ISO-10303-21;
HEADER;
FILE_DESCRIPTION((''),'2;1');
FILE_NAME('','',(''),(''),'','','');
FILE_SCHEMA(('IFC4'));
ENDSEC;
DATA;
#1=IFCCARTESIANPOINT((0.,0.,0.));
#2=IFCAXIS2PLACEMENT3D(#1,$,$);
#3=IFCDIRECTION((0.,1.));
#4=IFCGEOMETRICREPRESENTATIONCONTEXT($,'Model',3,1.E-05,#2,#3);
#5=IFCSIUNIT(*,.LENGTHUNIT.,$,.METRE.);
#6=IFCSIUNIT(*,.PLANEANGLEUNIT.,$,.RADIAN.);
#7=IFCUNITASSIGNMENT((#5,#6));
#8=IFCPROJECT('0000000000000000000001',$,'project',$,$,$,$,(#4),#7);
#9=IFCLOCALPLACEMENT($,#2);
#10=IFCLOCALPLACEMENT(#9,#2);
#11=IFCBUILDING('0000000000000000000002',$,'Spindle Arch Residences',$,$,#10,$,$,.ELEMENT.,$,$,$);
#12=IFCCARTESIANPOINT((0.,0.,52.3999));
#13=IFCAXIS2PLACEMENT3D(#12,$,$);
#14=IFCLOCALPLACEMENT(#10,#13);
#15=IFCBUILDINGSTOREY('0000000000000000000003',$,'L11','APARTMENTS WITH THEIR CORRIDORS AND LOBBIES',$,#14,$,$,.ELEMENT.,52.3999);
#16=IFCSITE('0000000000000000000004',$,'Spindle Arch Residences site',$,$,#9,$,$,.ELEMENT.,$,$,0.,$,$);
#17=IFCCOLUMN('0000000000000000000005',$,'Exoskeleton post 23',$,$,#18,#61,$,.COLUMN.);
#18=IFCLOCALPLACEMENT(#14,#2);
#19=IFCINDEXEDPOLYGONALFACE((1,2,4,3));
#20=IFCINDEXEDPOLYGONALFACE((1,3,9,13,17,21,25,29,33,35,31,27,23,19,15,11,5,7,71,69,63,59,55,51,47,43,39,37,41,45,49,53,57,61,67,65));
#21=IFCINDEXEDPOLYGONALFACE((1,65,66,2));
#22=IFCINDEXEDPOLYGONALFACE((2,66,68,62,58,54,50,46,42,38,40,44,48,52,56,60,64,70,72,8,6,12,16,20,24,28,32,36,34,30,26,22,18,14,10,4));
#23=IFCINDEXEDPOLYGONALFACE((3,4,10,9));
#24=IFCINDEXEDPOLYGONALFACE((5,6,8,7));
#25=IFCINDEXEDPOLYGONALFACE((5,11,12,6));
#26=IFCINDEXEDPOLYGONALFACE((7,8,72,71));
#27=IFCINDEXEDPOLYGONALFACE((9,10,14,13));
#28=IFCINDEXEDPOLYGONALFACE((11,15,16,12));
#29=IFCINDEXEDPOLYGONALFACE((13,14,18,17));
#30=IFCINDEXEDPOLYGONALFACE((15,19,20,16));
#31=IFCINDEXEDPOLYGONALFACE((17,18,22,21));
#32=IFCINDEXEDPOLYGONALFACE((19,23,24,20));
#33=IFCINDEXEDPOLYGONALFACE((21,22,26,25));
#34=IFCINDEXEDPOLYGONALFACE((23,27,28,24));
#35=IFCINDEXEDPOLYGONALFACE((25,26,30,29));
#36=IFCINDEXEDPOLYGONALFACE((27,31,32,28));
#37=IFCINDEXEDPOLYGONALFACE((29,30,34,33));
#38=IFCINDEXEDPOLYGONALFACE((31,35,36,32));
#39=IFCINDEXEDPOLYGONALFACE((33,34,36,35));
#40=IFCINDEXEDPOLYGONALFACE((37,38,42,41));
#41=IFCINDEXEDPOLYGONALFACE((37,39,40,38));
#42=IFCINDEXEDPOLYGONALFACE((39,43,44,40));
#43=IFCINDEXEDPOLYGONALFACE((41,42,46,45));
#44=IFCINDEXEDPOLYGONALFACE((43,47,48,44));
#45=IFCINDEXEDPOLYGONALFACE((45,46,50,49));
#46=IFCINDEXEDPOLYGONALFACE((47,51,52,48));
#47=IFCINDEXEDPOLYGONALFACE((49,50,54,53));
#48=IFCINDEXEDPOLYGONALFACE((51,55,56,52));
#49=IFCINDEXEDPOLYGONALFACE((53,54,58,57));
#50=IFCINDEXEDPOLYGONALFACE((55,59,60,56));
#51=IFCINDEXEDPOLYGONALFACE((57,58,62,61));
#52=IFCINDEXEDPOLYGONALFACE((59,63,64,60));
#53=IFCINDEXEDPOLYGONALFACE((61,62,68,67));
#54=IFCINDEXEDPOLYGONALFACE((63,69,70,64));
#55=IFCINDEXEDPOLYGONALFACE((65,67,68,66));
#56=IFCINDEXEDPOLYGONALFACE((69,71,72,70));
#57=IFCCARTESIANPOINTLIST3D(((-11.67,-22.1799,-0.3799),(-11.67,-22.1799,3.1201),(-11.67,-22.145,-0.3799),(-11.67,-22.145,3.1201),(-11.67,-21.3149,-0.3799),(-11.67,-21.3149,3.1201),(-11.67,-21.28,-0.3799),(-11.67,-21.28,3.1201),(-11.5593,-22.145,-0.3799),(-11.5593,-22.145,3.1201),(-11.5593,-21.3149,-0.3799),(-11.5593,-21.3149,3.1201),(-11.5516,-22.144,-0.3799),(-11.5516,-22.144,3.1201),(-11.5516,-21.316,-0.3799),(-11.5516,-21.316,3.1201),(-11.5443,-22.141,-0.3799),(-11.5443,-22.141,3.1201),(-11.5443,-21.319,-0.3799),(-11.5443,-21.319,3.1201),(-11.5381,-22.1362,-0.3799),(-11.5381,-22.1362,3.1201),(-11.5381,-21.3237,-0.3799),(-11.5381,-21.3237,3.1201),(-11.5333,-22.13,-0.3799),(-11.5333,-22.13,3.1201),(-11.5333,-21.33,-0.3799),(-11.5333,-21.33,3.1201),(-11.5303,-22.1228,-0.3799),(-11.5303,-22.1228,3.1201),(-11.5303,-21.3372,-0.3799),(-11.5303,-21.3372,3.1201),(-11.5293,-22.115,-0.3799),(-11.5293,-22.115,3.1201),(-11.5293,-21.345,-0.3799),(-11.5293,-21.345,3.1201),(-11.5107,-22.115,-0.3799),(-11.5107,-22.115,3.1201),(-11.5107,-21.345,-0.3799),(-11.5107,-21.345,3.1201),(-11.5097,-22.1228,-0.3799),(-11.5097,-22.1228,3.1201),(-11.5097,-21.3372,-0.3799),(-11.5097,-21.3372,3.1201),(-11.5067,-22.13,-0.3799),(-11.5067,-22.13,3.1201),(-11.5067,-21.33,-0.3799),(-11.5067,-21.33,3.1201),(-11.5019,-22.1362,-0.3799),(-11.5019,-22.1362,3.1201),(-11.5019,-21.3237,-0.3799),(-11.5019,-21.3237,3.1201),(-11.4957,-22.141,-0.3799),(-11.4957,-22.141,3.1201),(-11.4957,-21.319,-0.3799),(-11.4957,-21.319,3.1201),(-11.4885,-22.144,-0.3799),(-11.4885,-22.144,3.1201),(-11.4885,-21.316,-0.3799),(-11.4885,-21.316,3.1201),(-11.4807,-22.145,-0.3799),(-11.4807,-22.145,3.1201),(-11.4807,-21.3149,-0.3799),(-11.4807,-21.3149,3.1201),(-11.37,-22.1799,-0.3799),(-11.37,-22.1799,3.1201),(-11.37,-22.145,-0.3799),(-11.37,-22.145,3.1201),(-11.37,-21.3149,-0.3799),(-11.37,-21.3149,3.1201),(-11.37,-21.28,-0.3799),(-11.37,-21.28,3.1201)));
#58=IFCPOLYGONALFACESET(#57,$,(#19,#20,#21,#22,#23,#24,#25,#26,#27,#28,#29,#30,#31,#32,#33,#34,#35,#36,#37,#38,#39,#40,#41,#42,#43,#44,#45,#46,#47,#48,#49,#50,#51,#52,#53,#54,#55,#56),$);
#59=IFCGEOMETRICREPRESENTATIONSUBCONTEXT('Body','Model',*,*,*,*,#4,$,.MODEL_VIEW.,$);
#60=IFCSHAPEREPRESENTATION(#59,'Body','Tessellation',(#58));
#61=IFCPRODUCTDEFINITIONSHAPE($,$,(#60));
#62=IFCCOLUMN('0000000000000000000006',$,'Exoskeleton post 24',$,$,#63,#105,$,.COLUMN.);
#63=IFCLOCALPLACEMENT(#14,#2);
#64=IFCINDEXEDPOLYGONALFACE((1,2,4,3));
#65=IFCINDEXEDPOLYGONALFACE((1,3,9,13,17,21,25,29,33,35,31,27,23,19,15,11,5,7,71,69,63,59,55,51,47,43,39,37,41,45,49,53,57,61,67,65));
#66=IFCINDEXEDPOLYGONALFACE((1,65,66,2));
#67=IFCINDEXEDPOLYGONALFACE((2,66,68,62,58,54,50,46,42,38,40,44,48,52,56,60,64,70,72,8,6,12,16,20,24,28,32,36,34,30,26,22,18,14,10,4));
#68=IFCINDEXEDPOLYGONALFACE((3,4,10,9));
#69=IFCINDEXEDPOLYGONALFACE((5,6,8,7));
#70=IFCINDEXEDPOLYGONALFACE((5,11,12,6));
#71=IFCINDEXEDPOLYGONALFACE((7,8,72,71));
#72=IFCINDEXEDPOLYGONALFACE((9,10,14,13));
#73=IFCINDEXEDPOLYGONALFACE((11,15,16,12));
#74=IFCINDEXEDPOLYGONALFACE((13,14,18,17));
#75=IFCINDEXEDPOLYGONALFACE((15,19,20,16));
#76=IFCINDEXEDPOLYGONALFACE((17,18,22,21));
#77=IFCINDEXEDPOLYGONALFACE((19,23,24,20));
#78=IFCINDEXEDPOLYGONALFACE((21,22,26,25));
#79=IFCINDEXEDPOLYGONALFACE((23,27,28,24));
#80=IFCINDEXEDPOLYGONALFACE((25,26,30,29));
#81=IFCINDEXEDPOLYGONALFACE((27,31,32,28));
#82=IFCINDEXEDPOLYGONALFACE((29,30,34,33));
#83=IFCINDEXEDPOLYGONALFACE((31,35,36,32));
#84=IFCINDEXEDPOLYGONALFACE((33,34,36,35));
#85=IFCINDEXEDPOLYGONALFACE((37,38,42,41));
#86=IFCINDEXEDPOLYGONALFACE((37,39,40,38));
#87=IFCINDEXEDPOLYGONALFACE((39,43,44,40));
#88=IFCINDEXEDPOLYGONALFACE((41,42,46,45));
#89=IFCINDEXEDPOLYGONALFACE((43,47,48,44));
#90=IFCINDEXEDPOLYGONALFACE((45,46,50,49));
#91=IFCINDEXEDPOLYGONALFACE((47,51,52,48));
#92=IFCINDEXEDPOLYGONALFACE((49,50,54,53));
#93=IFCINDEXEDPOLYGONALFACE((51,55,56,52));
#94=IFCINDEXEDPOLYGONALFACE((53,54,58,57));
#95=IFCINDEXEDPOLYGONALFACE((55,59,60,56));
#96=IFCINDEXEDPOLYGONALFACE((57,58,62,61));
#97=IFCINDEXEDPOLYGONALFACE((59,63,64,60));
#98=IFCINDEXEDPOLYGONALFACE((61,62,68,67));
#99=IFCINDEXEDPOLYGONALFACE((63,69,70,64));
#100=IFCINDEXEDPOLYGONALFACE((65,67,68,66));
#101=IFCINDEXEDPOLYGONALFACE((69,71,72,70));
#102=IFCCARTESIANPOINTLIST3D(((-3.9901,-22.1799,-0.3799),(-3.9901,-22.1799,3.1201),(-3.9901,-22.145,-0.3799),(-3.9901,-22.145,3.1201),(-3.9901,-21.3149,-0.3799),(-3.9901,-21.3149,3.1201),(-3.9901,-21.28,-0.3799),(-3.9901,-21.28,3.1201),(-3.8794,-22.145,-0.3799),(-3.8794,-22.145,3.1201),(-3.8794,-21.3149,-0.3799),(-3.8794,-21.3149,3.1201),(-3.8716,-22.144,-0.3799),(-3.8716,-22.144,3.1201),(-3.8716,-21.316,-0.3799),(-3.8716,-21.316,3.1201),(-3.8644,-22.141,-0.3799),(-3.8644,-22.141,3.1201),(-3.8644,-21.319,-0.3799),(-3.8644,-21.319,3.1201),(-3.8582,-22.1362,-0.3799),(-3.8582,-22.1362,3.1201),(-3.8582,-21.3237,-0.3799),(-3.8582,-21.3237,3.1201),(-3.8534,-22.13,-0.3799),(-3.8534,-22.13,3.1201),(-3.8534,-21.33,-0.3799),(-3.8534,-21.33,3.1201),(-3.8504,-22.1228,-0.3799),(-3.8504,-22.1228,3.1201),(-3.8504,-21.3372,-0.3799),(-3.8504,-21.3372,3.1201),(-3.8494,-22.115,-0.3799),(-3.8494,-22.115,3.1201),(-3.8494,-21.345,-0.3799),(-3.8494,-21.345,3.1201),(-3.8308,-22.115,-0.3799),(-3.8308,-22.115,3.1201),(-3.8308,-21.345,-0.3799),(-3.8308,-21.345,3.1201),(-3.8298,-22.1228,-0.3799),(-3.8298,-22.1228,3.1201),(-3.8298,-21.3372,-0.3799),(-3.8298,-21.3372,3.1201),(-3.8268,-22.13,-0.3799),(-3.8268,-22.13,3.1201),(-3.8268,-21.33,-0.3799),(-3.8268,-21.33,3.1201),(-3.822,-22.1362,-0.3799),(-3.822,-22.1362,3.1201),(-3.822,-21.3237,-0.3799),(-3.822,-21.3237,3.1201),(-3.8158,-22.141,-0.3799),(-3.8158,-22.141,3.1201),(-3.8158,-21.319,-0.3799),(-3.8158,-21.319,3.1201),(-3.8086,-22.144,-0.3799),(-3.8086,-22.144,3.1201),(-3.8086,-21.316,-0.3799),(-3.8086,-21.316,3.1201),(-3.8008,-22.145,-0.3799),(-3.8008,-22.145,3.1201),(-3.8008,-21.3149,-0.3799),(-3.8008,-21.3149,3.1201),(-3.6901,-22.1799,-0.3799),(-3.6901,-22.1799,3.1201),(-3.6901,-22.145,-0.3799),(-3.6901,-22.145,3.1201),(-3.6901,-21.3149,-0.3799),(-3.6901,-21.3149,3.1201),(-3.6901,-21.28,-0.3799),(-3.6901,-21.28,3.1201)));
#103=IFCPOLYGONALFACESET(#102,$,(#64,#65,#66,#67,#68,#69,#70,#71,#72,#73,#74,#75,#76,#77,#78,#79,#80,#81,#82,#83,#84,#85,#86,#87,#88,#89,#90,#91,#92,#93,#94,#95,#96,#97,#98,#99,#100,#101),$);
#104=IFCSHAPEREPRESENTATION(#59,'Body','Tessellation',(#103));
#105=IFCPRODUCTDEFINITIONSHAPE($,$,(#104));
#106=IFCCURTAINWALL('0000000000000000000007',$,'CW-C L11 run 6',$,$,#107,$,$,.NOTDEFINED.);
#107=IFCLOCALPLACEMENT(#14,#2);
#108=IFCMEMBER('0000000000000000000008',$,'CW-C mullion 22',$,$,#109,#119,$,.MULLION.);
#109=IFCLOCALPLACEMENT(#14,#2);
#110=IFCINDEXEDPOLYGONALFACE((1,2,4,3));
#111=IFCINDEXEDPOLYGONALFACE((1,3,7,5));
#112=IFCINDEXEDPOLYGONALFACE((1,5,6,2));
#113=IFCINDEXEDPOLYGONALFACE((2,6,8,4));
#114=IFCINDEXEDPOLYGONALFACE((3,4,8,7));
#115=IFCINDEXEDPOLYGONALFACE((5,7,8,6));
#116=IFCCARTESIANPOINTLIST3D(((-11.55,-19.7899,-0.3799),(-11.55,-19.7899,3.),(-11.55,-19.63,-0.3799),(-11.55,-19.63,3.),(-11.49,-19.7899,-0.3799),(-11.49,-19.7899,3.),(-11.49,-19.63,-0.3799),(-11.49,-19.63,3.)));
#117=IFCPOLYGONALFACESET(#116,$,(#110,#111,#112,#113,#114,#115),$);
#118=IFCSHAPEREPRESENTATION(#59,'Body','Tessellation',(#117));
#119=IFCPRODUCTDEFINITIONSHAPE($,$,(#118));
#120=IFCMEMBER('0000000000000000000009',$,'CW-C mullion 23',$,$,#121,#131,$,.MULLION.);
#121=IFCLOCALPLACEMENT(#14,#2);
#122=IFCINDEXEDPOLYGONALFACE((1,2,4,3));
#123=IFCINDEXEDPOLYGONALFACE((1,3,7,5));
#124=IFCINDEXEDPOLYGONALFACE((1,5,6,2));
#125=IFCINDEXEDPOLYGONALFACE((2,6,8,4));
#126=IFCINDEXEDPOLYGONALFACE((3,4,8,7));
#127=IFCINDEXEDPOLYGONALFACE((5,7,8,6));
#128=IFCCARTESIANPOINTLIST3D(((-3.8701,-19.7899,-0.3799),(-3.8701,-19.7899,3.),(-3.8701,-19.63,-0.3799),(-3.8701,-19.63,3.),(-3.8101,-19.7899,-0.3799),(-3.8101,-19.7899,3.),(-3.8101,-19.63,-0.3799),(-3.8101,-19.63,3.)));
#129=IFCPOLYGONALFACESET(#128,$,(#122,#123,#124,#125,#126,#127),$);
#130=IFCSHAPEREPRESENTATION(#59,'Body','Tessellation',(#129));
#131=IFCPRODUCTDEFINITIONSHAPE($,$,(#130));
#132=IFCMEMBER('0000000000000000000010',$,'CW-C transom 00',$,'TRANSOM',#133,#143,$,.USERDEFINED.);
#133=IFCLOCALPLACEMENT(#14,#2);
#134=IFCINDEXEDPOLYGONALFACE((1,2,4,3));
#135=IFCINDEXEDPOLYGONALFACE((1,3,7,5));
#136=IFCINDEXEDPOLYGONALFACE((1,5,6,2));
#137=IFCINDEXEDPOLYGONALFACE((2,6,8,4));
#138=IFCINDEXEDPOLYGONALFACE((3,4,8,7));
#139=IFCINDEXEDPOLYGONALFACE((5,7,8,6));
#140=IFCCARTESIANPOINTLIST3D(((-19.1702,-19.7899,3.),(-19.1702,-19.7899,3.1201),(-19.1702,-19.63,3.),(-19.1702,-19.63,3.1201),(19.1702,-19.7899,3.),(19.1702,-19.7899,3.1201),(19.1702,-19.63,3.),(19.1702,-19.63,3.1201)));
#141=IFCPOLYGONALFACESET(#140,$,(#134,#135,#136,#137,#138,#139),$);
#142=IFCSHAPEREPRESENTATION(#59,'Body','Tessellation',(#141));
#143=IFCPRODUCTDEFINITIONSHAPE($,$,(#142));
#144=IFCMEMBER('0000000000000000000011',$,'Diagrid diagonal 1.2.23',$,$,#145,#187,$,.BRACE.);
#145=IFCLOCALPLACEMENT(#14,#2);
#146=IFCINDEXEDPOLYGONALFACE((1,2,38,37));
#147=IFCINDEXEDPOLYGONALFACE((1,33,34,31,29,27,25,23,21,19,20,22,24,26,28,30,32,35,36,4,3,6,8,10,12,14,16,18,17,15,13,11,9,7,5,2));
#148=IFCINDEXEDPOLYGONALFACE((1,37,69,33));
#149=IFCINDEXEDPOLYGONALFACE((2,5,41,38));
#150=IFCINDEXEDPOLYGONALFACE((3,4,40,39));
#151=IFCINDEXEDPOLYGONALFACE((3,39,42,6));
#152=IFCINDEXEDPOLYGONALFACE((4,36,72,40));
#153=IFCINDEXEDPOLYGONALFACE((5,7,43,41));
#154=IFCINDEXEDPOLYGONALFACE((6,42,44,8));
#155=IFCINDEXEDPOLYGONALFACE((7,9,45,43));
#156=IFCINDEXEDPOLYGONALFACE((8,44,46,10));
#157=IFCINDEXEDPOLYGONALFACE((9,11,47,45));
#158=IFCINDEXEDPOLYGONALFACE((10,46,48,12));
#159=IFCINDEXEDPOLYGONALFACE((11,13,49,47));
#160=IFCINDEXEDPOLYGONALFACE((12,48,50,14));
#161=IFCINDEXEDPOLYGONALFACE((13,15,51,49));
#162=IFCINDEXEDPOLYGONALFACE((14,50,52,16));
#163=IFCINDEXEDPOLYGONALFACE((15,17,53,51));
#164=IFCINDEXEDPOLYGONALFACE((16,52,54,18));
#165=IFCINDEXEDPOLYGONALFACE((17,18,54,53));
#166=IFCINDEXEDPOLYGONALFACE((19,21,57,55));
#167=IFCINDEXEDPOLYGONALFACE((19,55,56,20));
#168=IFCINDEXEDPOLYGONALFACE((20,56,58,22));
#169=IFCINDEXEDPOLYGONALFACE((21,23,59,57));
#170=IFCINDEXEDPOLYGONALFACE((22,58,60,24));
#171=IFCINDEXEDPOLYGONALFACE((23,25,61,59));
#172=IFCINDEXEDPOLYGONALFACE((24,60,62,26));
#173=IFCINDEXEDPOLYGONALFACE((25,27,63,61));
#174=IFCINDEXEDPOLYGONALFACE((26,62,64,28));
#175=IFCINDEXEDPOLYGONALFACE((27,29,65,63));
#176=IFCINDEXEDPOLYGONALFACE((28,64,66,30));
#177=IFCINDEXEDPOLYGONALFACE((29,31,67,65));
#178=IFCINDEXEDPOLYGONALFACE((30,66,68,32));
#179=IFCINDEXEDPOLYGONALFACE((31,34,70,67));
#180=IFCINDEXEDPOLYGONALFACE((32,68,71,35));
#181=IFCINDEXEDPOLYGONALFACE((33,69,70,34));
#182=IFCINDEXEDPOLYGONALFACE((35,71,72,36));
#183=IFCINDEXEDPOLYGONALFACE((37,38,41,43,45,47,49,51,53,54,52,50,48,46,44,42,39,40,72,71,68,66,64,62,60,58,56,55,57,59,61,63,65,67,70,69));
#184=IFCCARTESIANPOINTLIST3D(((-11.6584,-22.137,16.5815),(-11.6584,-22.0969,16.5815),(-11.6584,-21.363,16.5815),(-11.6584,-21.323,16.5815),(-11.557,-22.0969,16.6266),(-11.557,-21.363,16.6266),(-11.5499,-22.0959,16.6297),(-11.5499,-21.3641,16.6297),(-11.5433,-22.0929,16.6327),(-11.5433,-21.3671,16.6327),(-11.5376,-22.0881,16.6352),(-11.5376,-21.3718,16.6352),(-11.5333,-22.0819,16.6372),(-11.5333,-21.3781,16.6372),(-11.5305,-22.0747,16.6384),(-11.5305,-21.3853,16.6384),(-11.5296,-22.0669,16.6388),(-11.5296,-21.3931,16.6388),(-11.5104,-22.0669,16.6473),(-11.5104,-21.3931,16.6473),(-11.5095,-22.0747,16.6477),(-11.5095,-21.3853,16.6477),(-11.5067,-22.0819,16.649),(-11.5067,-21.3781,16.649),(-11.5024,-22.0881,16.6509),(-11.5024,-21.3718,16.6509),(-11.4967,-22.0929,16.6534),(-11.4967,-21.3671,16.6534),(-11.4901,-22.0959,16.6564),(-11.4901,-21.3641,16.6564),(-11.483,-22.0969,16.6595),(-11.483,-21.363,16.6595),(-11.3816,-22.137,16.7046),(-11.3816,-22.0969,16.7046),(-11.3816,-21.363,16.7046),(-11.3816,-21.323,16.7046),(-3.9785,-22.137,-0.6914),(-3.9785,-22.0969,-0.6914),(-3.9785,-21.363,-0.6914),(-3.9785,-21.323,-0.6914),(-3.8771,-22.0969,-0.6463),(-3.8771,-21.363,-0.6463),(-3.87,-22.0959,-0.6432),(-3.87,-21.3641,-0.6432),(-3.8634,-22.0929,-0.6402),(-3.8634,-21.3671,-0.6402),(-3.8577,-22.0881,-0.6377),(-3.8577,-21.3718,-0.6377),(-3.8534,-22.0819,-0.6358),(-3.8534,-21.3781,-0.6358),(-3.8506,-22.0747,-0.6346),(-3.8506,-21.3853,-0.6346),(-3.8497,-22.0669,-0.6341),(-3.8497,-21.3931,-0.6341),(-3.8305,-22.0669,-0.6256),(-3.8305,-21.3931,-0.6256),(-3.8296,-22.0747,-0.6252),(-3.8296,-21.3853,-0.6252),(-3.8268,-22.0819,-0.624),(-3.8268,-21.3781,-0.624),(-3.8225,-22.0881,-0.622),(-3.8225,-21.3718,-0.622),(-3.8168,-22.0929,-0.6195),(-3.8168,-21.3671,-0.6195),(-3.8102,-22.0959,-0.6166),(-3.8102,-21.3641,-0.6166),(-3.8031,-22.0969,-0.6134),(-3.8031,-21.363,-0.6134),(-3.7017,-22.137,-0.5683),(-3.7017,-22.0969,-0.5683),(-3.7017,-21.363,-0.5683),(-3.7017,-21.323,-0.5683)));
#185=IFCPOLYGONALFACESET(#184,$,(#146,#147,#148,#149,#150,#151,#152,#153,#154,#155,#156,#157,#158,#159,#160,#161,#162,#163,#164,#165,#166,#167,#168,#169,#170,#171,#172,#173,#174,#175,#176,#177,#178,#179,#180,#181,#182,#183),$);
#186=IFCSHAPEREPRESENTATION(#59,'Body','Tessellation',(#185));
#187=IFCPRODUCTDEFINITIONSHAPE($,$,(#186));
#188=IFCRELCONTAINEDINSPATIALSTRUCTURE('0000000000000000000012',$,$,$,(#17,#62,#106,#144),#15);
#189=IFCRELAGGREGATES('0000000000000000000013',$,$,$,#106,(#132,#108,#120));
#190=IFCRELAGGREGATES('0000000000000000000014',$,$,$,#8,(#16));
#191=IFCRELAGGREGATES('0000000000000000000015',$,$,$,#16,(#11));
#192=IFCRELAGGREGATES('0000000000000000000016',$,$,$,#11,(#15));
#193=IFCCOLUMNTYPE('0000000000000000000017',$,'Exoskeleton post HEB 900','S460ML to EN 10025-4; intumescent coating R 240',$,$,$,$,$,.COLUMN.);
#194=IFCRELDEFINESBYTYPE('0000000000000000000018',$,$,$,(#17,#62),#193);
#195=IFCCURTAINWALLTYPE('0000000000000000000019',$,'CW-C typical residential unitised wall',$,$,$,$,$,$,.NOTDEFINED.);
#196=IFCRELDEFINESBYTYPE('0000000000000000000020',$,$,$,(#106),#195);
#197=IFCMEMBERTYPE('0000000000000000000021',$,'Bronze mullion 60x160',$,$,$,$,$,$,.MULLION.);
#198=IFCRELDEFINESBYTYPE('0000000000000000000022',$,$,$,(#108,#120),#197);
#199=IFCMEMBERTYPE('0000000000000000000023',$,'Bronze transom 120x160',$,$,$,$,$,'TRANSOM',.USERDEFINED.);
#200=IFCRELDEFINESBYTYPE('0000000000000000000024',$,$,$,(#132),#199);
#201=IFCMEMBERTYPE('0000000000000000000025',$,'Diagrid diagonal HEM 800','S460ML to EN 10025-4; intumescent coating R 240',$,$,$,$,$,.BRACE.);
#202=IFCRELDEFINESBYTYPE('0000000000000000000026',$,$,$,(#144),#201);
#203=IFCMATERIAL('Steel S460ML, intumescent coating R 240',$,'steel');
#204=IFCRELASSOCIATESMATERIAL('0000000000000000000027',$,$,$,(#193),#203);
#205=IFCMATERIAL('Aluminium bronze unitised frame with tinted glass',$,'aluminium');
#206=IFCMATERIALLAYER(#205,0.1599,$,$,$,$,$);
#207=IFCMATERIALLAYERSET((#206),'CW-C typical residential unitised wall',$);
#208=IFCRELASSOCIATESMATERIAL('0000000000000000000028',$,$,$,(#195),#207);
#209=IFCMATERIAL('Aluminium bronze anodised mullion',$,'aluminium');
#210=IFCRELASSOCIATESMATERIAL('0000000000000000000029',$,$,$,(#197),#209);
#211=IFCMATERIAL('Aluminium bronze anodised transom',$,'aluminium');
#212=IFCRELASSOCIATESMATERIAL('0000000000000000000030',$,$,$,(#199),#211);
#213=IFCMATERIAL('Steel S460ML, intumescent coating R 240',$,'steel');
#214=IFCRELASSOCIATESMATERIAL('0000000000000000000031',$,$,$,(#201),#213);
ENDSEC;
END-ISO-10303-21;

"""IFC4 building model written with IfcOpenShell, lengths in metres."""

from ifc_helpers import new_model, si_unit, direction, frame, origin, origin_2d, place, context, subcontext, project, spatial, rectangle, i_section, extrude, material, layer, layer_set, material_profile, profile_set, type_object, element, aggregate, save


model = new_model("IFC4")

# Units and contexts
model_context = context("Model", 3, precision=1e-05, world=origin(), true_north=direction((0.0, 1.0)))
body_context = subcontext(model_context, "Body", "Model", "MODEL_VIEW")
ifc_project = project(units=[si_unit("LENGTHUNIT", "METRE"), si_unit("PLANEANGLEUNIT", "RADIAN")], contexts=[model_context])

# Site, building, storey
site_placement = place(None, origin())
site = spatial("IfcSite", under=ifc_project, at=site_placement, Name="Spindle Arch Residences site", CompositionType="ELEMENT", RefElevation=0.0)
building_placement = place(site_placement, origin())
building = spatial("IfcBuilding", under=site, at=building_placement, Name="Spindle Arch Residences", CompositionType="ELEMENT")
storey_placement = place(building_placement, frame((0.0, 0.0, 52.3999)))
storey = spatial("IfcBuildingStorey", under=building, at=storey_placement, Name="L11", Description="APARTMENTS WITH THEIR CORRIDORS AND LOBBIES", CompositionType="ELEMENT", Elevation=52.3999)

# Columns
ifc_material_1 = material(Name="Steel S460ML, intumescent coating R 240", Category="steel")
ifc_material_profile_1 = material_profile(ifc_material_1, i_section(OverallWidth=0.3, OverallDepth=0.8999, WebThickness=0.0186, FlangeThickness=0.0349, FilletRadius=0.03, at=origin_2d()), Name="HEB 900")
ifc_profile_set_1 = profile_set([ifc_material_profile_1], Name="Steel S460ML, intumescent coating R 240")
column_type = type_object("IfcColumnType", Name="Exoskeleton post HEB 900", Description="S460ML to EN 10025-4; intumescent coating R 240", PredefinedType="COLUMN", material=ifc_profile_set_1)
for number, where, z_axis, x_axis, name in (
    (1, (-11.52, -21.73, -0.3799), (0.0, 0.0, 1.0), (-1.0, 0.0, 0.0), "Exoskeleton post 23"),
    (2, (-3.8401, -21.73, -0.3799), (0.0, 0.0, 1.0), (-1.0, 0.0, 0.0), "Exoskeleton post 24"),
):
    element("IfcColumn", number, at=place(storey_placement, frame(where, z_axis=z_axis, x_axis=x_axis)), inside=storey, type_object=column_type, Name=name, PredefinedType="COLUMN", context=body_context, shape_type="SweptSolid", body=[
        extrude(i_section(OverallWidth=0.3, OverallDepth=0.8999, WebThickness=0.0186, FlangeThickness=0.0349, FilletRadius=0.03, at=origin_2d()), origin(), (0.0, 0.0, 1.0), 3.5),
    ])

# Curtain wall, members
ifc_material_2 = material(Name="Aluminium bronze unitised frame with tinted glass", Category="aluminium")
ifc_layer_1 = layer(ifc_material_2, 0.1599)
ifc_layer_set_1 = layer_set([ifc_layer_1], Name="CW-C typical residential unitised wall")
curtain_wall_type = type_object("IfcCurtainWallType", Name="CW-C typical residential unitised wall", PredefinedType="NOTDEFINED", material=ifc_layer_set_1)
curtain_wall_placement = place(storey_placement, origin())
curtain_wall = element("IfcCurtainWall", 3, at=curtain_wall_placement, inside=storey, type_object=curtain_wall_type, Name="CW-C L11 run 6", PredefinedType="NOTDEFINED")
ifc_material_3 = material(Name="Aluminium bronze anodised mullion", Category="aluminium")
ifc_material_profile_2 = material_profile(ifc_material_3, rectangle(XDim=0.1599, YDim=0.0601, at=origin_2d()), Name="MU 60x160")
ifc_profile_set_2 = profile_set([ifc_material_profile_2], Name="Aluminium bronze anodised mullion")
member_type_1 = type_object("IfcMemberType", Name="Bronze mullion 60x160", PredefinedType="MULLION", material=ifc_profile_set_2)
member_1_placement = place(storey_placement, frame((-11.52, -19.71, -0.3799), z_axis=(0.0, 0.0, 1.0), x_axis=(0.0, 1.0, 0.0)))
member_1 = element("IfcMember", 4, at=member_1_placement, type_object=member_type_1, Name="CW-C mullion 22", PredefinedType="MULLION", context=body_context, shape_type="SweptSolid", body=[
    extrude(rectangle(XDim=0.1599, YDim=0.0601, at=origin_2d()), origin(), (0.0, 0.0, 1.0), 3.3799),
])
member_2_placement = place(storey_placement, frame((-3.8401, -19.71, -0.3799), z_axis=(0.0, 0.0, 1.0), x_axis=(0.0, 1.0, 0.0)))
member_2 = element("IfcMember", 5, at=member_2_placement, type_object=member_type_1, Name="CW-C mullion 23", PredefinedType="MULLION", context=body_context, shape_type="SweptSolid", body=[
    extrude(rectangle(XDim=0.1599, YDim=0.0601, at=origin_2d()), origin(), (0.0, 0.0, 1.0), 3.3799),
])
ifc_material_4 = material(Name="Aluminium bronze anodised transom", Category="aluminium")
ifc_material_profile_3 = material_profile(ifc_material_4, rectangle(XDim=0.1599, YDim=0.1201, at=origin_2d()), Name="TR 120x160")
ifc_profile_set_3 = profile_set([ifc_material_profile_3], Name="Aluminium bronze anodised transom")
member_type_2 = type_object("IfcMemberType", Name="Bronze transom 120x160", ElementType="TRANSOM", PredefinedType="USERDEFINED", material=ifc_profile_set_3)
member_3_placement = place(storey_placement, frame((-19.1702, -19.71, 3.0601), z_axis=(1.0, 0.0, 0.0), x_axis=(0.0, 1.0, 0.0)))
member_3 = element("IfcMember", 6, at=member_3_placement, type_object=member_type_2, Name="CW-C transom 00", ObjectType="TRANSOM", PredefinedType="USERDEFINED", context=body_context, shape_type="SweptSolid", body=[
    extrude(rectangle(XDim=0.1599, YDim=0.1201, at=origin_2d()), origin(), (0.0, 0.0, 1.0), 38.3403),
])

# Member
ifc_material_5 = material(Name="Steel S460ML, intumescent coating R 240", Category="steel")
ifc_material_profile_4 = material_profile(ifc_material_5, i_section(OverallWidth=0.303, OverallDepth=0.814, WebThickness=0.021, FlangeThickness=0.04, FilletRadius=0.03, at=origin_2d()), Name="HEM 800")
ifc_profile_set_4 = profile_set([ifc_material_profile_4], Name="Steel S460ML, intumescent coating R 240")
member_type_3 = type_object("IfcMemberType", Name="Diagrid diagonal HEM 800", Description="S460ML to EN 10025-4; intumescent coating R 240", PredefinedType="BRACE", material=ifc_profile_set_4)
for number, where, z_axis, x_axis, name in (
    (7, (-3.8401, -21.73, -0.6299), (-0.406274, 0.0, 0.913751), (0.913751, 0.0, 0.406274), "Diagrid diagonal 1.2.23"),
):
    element("IfcMember", number, at=place(storey_placement, frame(where, z_axis=z_axis, x_axis=x_axis)), inside=storey, type_object=member_type_3, Name=name, PredefinedType="BRACE", context=body_context, shape_type="SweptSolid", body=[
        extrude(i_section(OverallWidth=0.303, OverallDepth=0.814, WebThickness=0.021, FlangeThickness=0.04, FilletRadius=0.03, at=origin_2d()), origin(), (0.0, 0.0, 1.0), 18.9033),
    ])

aggregate(curtain_wall, [member_3, member_1, member_2])

save(model, "model.ifc")
